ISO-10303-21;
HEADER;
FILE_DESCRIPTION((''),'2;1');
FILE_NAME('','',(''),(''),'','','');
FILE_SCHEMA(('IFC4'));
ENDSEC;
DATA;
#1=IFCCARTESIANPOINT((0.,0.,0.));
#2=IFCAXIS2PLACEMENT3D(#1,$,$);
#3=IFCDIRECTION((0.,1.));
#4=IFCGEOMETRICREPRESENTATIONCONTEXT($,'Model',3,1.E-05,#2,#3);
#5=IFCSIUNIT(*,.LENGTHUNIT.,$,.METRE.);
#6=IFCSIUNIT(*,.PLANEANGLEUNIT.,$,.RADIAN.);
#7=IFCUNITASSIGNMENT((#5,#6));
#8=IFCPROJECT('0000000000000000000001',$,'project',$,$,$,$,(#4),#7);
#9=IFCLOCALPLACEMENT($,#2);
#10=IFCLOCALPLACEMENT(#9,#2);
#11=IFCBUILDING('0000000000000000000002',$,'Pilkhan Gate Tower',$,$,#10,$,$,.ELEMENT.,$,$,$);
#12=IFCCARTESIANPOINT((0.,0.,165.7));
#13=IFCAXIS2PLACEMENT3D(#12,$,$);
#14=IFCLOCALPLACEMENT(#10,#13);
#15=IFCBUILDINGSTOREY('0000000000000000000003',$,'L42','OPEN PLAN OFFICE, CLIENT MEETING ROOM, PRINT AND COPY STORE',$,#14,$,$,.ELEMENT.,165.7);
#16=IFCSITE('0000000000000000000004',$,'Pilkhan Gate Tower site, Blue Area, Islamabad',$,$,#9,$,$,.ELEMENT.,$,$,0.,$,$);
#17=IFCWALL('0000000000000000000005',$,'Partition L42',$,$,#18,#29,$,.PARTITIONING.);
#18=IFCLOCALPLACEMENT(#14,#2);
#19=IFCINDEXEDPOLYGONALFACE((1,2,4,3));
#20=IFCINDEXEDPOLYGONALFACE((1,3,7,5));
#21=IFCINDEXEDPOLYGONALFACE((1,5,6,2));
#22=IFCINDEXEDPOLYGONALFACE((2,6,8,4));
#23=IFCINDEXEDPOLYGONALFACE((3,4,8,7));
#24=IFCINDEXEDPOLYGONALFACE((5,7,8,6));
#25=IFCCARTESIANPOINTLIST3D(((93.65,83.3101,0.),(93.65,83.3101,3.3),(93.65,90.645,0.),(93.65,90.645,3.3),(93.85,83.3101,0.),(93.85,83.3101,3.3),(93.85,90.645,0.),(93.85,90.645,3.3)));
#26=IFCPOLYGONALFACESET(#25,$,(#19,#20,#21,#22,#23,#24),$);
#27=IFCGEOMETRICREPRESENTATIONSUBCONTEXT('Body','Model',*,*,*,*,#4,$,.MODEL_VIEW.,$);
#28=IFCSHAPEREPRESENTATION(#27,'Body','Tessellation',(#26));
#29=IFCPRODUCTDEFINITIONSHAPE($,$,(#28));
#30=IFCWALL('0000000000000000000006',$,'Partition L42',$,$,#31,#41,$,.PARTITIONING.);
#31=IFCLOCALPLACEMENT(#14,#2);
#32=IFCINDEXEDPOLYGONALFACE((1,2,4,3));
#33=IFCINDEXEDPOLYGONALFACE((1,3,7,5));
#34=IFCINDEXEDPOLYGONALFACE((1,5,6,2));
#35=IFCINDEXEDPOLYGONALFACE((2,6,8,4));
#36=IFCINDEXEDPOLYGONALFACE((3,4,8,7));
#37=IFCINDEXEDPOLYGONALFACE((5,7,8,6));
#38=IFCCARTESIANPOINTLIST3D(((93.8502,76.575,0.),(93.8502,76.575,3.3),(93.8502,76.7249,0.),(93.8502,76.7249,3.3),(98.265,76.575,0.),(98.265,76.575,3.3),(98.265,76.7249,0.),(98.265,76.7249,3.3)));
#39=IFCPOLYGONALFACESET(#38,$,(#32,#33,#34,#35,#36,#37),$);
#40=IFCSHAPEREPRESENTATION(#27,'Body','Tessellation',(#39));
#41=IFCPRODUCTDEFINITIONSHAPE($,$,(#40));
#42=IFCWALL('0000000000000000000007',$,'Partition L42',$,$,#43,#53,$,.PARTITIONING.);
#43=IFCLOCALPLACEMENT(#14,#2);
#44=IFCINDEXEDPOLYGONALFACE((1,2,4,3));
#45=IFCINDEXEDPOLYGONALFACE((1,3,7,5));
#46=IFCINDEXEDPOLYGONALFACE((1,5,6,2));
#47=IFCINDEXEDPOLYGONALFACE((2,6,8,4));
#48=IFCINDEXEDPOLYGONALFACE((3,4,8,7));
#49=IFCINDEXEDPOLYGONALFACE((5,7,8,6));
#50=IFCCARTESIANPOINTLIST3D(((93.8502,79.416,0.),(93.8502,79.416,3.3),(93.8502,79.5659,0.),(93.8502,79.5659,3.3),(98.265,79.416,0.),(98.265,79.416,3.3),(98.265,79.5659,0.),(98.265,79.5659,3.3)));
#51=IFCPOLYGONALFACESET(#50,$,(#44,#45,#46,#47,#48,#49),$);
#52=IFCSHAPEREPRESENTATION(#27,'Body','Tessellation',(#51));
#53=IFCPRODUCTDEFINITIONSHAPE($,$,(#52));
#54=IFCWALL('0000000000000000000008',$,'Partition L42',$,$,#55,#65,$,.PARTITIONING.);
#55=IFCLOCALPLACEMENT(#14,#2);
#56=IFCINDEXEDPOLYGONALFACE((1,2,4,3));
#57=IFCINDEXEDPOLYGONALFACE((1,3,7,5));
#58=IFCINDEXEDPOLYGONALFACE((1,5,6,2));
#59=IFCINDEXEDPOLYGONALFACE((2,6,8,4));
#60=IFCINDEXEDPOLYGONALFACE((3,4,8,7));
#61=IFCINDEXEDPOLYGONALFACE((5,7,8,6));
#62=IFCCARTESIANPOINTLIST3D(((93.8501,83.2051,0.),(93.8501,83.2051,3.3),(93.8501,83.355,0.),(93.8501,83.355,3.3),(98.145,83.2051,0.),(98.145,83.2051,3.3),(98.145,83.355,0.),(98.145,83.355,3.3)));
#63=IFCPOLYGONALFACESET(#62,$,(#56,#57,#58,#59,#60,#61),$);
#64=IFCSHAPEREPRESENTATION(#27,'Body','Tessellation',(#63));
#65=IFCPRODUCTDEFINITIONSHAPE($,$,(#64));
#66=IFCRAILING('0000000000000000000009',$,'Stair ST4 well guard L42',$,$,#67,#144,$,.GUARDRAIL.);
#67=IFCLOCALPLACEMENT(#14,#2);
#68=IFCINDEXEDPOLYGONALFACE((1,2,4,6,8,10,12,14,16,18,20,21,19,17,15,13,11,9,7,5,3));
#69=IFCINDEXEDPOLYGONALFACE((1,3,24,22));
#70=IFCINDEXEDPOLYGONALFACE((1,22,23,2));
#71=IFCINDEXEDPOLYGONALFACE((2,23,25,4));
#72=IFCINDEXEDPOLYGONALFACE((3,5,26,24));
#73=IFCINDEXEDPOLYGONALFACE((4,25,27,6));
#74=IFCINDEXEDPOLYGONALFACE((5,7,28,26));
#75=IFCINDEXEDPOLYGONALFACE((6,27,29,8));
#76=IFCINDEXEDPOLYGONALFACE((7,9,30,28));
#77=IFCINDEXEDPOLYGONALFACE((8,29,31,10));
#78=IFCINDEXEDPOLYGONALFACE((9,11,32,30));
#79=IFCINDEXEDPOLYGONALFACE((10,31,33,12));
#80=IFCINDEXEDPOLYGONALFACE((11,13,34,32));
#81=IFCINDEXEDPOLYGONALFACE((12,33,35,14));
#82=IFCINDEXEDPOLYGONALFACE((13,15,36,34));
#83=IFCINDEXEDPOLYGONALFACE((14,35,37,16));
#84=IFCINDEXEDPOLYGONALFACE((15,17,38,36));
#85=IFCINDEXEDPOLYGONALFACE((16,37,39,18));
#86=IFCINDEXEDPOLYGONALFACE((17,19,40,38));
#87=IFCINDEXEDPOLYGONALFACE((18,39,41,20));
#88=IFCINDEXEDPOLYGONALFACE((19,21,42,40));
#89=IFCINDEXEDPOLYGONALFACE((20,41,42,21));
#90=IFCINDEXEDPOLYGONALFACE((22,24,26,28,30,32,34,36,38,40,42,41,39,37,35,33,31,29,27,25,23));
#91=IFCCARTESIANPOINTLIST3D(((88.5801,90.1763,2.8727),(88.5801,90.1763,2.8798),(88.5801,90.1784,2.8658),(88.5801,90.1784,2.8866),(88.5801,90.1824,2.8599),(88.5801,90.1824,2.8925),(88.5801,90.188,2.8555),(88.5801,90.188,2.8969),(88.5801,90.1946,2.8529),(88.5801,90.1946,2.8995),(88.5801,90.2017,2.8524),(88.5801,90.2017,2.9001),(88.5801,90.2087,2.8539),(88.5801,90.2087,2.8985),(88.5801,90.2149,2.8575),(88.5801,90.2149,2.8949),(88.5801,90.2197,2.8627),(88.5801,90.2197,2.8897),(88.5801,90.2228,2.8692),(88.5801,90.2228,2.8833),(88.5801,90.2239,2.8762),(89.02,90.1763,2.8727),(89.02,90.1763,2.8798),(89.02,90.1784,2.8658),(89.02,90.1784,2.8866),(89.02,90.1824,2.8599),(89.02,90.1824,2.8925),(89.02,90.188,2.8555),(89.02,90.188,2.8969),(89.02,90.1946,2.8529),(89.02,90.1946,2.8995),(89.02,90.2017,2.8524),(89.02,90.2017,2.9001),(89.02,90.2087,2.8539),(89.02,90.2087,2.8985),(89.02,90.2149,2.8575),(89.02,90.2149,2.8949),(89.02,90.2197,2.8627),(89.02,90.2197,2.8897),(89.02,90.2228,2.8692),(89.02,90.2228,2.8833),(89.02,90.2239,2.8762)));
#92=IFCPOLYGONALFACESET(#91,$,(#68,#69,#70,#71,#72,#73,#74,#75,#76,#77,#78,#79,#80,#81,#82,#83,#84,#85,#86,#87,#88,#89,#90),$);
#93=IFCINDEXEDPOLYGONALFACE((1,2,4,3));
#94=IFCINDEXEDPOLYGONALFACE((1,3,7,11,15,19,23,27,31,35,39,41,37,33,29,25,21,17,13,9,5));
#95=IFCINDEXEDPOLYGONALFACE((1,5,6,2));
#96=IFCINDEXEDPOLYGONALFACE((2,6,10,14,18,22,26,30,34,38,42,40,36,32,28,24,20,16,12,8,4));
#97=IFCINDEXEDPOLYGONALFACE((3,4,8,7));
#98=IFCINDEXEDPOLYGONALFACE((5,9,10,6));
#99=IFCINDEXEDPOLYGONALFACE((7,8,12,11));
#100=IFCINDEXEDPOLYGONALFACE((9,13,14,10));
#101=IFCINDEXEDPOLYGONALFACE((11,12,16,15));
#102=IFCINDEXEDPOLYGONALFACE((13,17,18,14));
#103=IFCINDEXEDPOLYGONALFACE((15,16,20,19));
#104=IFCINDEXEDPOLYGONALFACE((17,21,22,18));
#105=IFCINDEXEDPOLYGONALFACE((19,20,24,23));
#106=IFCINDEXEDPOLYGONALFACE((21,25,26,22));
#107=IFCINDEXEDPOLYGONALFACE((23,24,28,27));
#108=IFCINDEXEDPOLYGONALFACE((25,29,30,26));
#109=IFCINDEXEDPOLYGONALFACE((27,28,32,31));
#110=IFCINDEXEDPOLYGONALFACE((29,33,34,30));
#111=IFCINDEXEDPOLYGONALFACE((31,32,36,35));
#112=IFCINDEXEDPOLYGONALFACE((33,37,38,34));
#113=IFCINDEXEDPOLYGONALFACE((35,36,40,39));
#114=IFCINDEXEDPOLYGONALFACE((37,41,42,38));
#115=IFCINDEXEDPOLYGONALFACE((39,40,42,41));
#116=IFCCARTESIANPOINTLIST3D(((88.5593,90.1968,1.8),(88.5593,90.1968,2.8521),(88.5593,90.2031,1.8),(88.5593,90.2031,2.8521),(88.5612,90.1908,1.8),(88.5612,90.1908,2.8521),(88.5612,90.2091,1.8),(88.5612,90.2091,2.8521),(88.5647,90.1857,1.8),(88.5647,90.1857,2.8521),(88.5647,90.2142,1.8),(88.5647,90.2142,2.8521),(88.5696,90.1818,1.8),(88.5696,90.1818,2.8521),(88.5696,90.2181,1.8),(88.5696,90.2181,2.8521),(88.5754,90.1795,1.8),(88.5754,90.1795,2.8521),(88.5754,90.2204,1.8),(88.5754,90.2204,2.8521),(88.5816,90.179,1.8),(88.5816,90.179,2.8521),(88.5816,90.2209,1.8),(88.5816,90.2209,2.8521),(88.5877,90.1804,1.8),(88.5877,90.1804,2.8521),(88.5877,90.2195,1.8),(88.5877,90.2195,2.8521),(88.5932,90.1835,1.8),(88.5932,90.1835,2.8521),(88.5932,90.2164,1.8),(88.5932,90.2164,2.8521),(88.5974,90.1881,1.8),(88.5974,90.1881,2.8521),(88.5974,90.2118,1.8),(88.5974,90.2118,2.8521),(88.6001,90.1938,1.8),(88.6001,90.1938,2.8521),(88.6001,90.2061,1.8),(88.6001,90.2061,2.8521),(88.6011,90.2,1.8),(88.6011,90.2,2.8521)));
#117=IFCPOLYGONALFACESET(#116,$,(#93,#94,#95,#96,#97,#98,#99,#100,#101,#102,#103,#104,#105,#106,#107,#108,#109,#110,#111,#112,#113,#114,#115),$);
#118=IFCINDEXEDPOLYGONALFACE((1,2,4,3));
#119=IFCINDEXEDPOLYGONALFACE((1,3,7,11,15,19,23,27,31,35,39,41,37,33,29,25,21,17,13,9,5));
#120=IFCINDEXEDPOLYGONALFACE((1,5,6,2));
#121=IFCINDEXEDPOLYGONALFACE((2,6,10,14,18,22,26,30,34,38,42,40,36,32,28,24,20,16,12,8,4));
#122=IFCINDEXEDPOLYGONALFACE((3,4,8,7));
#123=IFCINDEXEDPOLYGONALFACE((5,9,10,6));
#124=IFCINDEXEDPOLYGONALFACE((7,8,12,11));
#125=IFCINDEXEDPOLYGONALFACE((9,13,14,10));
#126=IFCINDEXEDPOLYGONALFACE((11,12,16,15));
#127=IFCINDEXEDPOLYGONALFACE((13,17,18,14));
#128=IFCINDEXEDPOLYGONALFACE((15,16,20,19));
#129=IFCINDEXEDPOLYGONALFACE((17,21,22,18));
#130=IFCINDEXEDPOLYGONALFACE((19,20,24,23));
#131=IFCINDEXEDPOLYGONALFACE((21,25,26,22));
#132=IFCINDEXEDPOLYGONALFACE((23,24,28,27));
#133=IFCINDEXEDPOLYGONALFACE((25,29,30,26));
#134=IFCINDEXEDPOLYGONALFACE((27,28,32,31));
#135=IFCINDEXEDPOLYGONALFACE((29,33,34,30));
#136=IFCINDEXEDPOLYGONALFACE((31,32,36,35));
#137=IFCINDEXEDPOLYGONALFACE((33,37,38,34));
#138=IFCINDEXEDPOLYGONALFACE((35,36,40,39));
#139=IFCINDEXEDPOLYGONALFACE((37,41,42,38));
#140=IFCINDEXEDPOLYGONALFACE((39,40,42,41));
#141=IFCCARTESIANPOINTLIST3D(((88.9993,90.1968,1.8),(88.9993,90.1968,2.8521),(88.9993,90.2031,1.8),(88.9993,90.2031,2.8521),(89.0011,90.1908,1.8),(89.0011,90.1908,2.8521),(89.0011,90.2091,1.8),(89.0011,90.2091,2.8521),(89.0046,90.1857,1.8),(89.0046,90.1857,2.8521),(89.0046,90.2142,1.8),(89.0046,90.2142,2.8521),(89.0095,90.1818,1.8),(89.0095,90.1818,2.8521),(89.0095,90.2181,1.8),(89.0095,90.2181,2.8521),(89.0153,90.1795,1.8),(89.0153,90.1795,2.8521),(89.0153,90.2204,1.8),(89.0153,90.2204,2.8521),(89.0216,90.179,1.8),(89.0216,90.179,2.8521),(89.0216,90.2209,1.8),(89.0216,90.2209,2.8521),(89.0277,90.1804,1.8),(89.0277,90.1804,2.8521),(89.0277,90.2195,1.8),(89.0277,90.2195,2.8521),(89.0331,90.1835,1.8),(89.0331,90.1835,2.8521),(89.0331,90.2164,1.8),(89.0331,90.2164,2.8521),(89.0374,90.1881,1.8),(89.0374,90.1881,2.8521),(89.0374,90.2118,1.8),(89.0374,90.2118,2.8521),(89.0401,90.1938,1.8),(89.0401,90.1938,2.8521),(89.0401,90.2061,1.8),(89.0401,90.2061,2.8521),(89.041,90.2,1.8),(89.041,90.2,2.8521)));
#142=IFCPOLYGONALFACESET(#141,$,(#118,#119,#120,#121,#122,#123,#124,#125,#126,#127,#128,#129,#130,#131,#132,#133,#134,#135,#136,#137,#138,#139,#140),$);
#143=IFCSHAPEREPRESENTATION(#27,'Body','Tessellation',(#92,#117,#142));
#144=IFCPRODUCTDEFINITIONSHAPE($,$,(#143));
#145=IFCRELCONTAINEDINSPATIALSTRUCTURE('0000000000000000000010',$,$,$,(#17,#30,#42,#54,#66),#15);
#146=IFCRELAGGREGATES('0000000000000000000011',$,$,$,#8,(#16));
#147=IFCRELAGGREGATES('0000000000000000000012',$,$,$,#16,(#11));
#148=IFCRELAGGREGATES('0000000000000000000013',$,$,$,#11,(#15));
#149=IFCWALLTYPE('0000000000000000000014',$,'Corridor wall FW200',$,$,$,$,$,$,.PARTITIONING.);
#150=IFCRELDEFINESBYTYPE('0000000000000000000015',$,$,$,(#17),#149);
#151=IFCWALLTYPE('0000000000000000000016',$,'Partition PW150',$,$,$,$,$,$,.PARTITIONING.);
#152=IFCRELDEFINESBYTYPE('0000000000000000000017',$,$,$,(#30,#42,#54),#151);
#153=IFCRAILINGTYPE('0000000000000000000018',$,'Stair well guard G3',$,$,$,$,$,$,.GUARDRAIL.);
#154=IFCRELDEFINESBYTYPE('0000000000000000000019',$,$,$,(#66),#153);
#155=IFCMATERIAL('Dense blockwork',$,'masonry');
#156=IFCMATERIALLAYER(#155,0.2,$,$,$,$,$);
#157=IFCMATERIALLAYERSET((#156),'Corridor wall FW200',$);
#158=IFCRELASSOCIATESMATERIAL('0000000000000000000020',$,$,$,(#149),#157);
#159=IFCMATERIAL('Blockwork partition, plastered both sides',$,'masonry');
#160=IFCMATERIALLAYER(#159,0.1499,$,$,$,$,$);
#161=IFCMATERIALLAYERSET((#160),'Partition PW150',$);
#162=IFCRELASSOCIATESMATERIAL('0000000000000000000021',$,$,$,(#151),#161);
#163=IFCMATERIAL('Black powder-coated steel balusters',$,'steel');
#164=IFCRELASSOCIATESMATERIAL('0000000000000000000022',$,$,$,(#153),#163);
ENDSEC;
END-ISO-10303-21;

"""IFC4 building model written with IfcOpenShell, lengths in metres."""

from ifc_helpers import new_model, si_unit, direction, frame, frame_2d, origin, origin_2d, place, context, subcontext, project, spatial, rectangle, circle, extrude, material, layer, layer_set, type_object, element, save


model = new_model("IFC4")

# Units and contexts
model_context = context("Model", 3, precision=1e-05, world=origin(), true_north=direction((0.0, 1.0)))
body_context = subcontext(model_context, "Body", "Model", "MODEL_VIEW")
ifc_project = project(units=[si_unit("LENGTHUNIT", "METRE"), si_unit("PLANEANGLEUNIT", "RADIAN")], contexts=[model_context])

# Site, building, storey
site_placement = place(None, origin())
site = spatial("IfcSite", under=ifc_project, at=site_placement, Name="Pilkhan Gate Tower site, Blue Area, Islamabad", CompositionType="ELEMENT", RefElevation=0.0)
building_placement = place(site_placement, origin())
building = spatial("IfcBuilding", under=site, at=building_placement, Name="Pilkhan Gate Tower", CompositionType="ELEMENT")
storey_placement = place(building_placement, frame((0.0, 0.0, 165.7)))
storey = spatial("IfcBuildingStorey", under=building, at=storey_placement, Name="L42", Description="OPEN PLAN OFFICE, CLIENT MEETING ROOM, PRINT AND COPY STORE", CompositionType="ELEMENT", Elevation=165.7)

# Walls
ifc_material_1 = material(Name="Dense blockwork", Category="masonry")
ifc_layer_1 = layer(ifc_material_1, 0.2)
ifc_layer_set_1 = layer_set([ifc_layer_1], Name="Corridor wall FW200")
wall_type_1 = type_object("IfcWallType", Name="Corridor wall FW200", PredefinedType="PARTITIONING", material=ifc_layer_set_1)
wall_1_placement = place(storey_placement, frame((93.75, 83.3101, 0.0), z_axis=(0.0, 0.0, 1.0), x_axis=(0.0, 1.0, 0.0)))
element("IfcWall", 1, at=wall_1_placement, inside=storey, type_object=wall_type_1, Name="Partition L42", PredefinedType="PARTITIONING", context=body_context, shape_type="SweptSolid", body=[
    extrude(rectangle(XDim=7.335, YDim=0.2, at=frame_2d((3.6675, 0.0))), origin(), (0.0, 0.0, 1.0), 3.3),
])
ifc_material_2 = material(Name="Blockwork partition, plastered both sides", Category="masonry")
ifc_layer_2 = layer(ifc_material_2, 0.1499)
ifc_layer_set_2 = layer_set([ifc_layer_2], Name="Partition PW150")
wall_type_2 = type_object("IfcWallType", Name="Partition PW150", PredefinedType="PARTITIONING", material=ifc_layer_set_2)
for number, where, z_axis, x_axis, name in (
    (2, (93.8501, 76.6499, 0.0), (0.0, 0.0, 1.0), (1.0, 0.0, 0.0), "Partition L42"),
    (3, (93.8501, 79.491, 0.0), (0.0, 0.0, 1.0), (1.0, 0.0, 0.0), "Partition L42"),
):
    element("IfcWall", number, at=place(storey_placement, frame(where, z_axis=z_axis, x_axis=x_axis)), inside=storey, type_object=wall_type_2, Name=name, PredefinedType="PARTITIONING", context=body_context, shape_type="SweptSolid", body=[
        extrude(rectangle(XDim=4.4148, YDim=0.1499, at=frame_2d((2.2075, 0.0))), origin(), (0.0, 0.0, 1.0), 3.3),
    ])
wall_2_placement = place(storey_placement, frame((93.8501, 83.28, 0.0), z_axis=(0.0, 0.0, 1.0), x_axis=(1.0, 0.0, 0.0)))
element("IfcWall", 4, at=wall_2_placement, inside=storey, type_object=wall_type_2, Name="Partition L42", PredefinedType="PARTITIONING", context=body_context, shape_type="SweptSolid", body=[
    extrude(rectangle(XDim=4.2949, YDim=0.1499, at=frame_2d((2.1475, 0.0))), origin(), (0.0, 0.0, 1.0), 3.3),
])

# Railing
ifc_material_3 = material(Name="Black powder-coated steel balusters", Category="steel")
railing_type = type_object("IfcRailingType", Name="Stair well guard G3", PredefinedType="GUARDRAIL", material=ifc_material_3)
railing_placement = place(storey_placement, frame((88.5801, 90.2, 1.8)))
element("IfcRailing", 5, at=railing_placement, inside=storey, type_object=railing_type, Name="Stair ST4 well guard L42", PredefinedType="GUARDRAIL", context=body_context, shape_type="SweptSolid", body=[
    extrude(circle(Radius=0.0239, at=origin_2d()), frame((0.0, 0.0, 1.0762), z_axis=(1.0, 0.0, 0.0), x_axis=(0.0, 1.0, 0.0)), (0.0, 0.0, 1.0), 0.4399),
    extrude(circle(Radius=0.021, at=origin_2d()), origin(), (0.0, 0.0, 1.0), 1.052),
    extrude(circle(Radius=0.021, at=origin_2d()), frame((0.4399, 0.0, 0.0)), (0.0, 0.0, 1.0), 1.052),
])

save(model, "model.ifc")
